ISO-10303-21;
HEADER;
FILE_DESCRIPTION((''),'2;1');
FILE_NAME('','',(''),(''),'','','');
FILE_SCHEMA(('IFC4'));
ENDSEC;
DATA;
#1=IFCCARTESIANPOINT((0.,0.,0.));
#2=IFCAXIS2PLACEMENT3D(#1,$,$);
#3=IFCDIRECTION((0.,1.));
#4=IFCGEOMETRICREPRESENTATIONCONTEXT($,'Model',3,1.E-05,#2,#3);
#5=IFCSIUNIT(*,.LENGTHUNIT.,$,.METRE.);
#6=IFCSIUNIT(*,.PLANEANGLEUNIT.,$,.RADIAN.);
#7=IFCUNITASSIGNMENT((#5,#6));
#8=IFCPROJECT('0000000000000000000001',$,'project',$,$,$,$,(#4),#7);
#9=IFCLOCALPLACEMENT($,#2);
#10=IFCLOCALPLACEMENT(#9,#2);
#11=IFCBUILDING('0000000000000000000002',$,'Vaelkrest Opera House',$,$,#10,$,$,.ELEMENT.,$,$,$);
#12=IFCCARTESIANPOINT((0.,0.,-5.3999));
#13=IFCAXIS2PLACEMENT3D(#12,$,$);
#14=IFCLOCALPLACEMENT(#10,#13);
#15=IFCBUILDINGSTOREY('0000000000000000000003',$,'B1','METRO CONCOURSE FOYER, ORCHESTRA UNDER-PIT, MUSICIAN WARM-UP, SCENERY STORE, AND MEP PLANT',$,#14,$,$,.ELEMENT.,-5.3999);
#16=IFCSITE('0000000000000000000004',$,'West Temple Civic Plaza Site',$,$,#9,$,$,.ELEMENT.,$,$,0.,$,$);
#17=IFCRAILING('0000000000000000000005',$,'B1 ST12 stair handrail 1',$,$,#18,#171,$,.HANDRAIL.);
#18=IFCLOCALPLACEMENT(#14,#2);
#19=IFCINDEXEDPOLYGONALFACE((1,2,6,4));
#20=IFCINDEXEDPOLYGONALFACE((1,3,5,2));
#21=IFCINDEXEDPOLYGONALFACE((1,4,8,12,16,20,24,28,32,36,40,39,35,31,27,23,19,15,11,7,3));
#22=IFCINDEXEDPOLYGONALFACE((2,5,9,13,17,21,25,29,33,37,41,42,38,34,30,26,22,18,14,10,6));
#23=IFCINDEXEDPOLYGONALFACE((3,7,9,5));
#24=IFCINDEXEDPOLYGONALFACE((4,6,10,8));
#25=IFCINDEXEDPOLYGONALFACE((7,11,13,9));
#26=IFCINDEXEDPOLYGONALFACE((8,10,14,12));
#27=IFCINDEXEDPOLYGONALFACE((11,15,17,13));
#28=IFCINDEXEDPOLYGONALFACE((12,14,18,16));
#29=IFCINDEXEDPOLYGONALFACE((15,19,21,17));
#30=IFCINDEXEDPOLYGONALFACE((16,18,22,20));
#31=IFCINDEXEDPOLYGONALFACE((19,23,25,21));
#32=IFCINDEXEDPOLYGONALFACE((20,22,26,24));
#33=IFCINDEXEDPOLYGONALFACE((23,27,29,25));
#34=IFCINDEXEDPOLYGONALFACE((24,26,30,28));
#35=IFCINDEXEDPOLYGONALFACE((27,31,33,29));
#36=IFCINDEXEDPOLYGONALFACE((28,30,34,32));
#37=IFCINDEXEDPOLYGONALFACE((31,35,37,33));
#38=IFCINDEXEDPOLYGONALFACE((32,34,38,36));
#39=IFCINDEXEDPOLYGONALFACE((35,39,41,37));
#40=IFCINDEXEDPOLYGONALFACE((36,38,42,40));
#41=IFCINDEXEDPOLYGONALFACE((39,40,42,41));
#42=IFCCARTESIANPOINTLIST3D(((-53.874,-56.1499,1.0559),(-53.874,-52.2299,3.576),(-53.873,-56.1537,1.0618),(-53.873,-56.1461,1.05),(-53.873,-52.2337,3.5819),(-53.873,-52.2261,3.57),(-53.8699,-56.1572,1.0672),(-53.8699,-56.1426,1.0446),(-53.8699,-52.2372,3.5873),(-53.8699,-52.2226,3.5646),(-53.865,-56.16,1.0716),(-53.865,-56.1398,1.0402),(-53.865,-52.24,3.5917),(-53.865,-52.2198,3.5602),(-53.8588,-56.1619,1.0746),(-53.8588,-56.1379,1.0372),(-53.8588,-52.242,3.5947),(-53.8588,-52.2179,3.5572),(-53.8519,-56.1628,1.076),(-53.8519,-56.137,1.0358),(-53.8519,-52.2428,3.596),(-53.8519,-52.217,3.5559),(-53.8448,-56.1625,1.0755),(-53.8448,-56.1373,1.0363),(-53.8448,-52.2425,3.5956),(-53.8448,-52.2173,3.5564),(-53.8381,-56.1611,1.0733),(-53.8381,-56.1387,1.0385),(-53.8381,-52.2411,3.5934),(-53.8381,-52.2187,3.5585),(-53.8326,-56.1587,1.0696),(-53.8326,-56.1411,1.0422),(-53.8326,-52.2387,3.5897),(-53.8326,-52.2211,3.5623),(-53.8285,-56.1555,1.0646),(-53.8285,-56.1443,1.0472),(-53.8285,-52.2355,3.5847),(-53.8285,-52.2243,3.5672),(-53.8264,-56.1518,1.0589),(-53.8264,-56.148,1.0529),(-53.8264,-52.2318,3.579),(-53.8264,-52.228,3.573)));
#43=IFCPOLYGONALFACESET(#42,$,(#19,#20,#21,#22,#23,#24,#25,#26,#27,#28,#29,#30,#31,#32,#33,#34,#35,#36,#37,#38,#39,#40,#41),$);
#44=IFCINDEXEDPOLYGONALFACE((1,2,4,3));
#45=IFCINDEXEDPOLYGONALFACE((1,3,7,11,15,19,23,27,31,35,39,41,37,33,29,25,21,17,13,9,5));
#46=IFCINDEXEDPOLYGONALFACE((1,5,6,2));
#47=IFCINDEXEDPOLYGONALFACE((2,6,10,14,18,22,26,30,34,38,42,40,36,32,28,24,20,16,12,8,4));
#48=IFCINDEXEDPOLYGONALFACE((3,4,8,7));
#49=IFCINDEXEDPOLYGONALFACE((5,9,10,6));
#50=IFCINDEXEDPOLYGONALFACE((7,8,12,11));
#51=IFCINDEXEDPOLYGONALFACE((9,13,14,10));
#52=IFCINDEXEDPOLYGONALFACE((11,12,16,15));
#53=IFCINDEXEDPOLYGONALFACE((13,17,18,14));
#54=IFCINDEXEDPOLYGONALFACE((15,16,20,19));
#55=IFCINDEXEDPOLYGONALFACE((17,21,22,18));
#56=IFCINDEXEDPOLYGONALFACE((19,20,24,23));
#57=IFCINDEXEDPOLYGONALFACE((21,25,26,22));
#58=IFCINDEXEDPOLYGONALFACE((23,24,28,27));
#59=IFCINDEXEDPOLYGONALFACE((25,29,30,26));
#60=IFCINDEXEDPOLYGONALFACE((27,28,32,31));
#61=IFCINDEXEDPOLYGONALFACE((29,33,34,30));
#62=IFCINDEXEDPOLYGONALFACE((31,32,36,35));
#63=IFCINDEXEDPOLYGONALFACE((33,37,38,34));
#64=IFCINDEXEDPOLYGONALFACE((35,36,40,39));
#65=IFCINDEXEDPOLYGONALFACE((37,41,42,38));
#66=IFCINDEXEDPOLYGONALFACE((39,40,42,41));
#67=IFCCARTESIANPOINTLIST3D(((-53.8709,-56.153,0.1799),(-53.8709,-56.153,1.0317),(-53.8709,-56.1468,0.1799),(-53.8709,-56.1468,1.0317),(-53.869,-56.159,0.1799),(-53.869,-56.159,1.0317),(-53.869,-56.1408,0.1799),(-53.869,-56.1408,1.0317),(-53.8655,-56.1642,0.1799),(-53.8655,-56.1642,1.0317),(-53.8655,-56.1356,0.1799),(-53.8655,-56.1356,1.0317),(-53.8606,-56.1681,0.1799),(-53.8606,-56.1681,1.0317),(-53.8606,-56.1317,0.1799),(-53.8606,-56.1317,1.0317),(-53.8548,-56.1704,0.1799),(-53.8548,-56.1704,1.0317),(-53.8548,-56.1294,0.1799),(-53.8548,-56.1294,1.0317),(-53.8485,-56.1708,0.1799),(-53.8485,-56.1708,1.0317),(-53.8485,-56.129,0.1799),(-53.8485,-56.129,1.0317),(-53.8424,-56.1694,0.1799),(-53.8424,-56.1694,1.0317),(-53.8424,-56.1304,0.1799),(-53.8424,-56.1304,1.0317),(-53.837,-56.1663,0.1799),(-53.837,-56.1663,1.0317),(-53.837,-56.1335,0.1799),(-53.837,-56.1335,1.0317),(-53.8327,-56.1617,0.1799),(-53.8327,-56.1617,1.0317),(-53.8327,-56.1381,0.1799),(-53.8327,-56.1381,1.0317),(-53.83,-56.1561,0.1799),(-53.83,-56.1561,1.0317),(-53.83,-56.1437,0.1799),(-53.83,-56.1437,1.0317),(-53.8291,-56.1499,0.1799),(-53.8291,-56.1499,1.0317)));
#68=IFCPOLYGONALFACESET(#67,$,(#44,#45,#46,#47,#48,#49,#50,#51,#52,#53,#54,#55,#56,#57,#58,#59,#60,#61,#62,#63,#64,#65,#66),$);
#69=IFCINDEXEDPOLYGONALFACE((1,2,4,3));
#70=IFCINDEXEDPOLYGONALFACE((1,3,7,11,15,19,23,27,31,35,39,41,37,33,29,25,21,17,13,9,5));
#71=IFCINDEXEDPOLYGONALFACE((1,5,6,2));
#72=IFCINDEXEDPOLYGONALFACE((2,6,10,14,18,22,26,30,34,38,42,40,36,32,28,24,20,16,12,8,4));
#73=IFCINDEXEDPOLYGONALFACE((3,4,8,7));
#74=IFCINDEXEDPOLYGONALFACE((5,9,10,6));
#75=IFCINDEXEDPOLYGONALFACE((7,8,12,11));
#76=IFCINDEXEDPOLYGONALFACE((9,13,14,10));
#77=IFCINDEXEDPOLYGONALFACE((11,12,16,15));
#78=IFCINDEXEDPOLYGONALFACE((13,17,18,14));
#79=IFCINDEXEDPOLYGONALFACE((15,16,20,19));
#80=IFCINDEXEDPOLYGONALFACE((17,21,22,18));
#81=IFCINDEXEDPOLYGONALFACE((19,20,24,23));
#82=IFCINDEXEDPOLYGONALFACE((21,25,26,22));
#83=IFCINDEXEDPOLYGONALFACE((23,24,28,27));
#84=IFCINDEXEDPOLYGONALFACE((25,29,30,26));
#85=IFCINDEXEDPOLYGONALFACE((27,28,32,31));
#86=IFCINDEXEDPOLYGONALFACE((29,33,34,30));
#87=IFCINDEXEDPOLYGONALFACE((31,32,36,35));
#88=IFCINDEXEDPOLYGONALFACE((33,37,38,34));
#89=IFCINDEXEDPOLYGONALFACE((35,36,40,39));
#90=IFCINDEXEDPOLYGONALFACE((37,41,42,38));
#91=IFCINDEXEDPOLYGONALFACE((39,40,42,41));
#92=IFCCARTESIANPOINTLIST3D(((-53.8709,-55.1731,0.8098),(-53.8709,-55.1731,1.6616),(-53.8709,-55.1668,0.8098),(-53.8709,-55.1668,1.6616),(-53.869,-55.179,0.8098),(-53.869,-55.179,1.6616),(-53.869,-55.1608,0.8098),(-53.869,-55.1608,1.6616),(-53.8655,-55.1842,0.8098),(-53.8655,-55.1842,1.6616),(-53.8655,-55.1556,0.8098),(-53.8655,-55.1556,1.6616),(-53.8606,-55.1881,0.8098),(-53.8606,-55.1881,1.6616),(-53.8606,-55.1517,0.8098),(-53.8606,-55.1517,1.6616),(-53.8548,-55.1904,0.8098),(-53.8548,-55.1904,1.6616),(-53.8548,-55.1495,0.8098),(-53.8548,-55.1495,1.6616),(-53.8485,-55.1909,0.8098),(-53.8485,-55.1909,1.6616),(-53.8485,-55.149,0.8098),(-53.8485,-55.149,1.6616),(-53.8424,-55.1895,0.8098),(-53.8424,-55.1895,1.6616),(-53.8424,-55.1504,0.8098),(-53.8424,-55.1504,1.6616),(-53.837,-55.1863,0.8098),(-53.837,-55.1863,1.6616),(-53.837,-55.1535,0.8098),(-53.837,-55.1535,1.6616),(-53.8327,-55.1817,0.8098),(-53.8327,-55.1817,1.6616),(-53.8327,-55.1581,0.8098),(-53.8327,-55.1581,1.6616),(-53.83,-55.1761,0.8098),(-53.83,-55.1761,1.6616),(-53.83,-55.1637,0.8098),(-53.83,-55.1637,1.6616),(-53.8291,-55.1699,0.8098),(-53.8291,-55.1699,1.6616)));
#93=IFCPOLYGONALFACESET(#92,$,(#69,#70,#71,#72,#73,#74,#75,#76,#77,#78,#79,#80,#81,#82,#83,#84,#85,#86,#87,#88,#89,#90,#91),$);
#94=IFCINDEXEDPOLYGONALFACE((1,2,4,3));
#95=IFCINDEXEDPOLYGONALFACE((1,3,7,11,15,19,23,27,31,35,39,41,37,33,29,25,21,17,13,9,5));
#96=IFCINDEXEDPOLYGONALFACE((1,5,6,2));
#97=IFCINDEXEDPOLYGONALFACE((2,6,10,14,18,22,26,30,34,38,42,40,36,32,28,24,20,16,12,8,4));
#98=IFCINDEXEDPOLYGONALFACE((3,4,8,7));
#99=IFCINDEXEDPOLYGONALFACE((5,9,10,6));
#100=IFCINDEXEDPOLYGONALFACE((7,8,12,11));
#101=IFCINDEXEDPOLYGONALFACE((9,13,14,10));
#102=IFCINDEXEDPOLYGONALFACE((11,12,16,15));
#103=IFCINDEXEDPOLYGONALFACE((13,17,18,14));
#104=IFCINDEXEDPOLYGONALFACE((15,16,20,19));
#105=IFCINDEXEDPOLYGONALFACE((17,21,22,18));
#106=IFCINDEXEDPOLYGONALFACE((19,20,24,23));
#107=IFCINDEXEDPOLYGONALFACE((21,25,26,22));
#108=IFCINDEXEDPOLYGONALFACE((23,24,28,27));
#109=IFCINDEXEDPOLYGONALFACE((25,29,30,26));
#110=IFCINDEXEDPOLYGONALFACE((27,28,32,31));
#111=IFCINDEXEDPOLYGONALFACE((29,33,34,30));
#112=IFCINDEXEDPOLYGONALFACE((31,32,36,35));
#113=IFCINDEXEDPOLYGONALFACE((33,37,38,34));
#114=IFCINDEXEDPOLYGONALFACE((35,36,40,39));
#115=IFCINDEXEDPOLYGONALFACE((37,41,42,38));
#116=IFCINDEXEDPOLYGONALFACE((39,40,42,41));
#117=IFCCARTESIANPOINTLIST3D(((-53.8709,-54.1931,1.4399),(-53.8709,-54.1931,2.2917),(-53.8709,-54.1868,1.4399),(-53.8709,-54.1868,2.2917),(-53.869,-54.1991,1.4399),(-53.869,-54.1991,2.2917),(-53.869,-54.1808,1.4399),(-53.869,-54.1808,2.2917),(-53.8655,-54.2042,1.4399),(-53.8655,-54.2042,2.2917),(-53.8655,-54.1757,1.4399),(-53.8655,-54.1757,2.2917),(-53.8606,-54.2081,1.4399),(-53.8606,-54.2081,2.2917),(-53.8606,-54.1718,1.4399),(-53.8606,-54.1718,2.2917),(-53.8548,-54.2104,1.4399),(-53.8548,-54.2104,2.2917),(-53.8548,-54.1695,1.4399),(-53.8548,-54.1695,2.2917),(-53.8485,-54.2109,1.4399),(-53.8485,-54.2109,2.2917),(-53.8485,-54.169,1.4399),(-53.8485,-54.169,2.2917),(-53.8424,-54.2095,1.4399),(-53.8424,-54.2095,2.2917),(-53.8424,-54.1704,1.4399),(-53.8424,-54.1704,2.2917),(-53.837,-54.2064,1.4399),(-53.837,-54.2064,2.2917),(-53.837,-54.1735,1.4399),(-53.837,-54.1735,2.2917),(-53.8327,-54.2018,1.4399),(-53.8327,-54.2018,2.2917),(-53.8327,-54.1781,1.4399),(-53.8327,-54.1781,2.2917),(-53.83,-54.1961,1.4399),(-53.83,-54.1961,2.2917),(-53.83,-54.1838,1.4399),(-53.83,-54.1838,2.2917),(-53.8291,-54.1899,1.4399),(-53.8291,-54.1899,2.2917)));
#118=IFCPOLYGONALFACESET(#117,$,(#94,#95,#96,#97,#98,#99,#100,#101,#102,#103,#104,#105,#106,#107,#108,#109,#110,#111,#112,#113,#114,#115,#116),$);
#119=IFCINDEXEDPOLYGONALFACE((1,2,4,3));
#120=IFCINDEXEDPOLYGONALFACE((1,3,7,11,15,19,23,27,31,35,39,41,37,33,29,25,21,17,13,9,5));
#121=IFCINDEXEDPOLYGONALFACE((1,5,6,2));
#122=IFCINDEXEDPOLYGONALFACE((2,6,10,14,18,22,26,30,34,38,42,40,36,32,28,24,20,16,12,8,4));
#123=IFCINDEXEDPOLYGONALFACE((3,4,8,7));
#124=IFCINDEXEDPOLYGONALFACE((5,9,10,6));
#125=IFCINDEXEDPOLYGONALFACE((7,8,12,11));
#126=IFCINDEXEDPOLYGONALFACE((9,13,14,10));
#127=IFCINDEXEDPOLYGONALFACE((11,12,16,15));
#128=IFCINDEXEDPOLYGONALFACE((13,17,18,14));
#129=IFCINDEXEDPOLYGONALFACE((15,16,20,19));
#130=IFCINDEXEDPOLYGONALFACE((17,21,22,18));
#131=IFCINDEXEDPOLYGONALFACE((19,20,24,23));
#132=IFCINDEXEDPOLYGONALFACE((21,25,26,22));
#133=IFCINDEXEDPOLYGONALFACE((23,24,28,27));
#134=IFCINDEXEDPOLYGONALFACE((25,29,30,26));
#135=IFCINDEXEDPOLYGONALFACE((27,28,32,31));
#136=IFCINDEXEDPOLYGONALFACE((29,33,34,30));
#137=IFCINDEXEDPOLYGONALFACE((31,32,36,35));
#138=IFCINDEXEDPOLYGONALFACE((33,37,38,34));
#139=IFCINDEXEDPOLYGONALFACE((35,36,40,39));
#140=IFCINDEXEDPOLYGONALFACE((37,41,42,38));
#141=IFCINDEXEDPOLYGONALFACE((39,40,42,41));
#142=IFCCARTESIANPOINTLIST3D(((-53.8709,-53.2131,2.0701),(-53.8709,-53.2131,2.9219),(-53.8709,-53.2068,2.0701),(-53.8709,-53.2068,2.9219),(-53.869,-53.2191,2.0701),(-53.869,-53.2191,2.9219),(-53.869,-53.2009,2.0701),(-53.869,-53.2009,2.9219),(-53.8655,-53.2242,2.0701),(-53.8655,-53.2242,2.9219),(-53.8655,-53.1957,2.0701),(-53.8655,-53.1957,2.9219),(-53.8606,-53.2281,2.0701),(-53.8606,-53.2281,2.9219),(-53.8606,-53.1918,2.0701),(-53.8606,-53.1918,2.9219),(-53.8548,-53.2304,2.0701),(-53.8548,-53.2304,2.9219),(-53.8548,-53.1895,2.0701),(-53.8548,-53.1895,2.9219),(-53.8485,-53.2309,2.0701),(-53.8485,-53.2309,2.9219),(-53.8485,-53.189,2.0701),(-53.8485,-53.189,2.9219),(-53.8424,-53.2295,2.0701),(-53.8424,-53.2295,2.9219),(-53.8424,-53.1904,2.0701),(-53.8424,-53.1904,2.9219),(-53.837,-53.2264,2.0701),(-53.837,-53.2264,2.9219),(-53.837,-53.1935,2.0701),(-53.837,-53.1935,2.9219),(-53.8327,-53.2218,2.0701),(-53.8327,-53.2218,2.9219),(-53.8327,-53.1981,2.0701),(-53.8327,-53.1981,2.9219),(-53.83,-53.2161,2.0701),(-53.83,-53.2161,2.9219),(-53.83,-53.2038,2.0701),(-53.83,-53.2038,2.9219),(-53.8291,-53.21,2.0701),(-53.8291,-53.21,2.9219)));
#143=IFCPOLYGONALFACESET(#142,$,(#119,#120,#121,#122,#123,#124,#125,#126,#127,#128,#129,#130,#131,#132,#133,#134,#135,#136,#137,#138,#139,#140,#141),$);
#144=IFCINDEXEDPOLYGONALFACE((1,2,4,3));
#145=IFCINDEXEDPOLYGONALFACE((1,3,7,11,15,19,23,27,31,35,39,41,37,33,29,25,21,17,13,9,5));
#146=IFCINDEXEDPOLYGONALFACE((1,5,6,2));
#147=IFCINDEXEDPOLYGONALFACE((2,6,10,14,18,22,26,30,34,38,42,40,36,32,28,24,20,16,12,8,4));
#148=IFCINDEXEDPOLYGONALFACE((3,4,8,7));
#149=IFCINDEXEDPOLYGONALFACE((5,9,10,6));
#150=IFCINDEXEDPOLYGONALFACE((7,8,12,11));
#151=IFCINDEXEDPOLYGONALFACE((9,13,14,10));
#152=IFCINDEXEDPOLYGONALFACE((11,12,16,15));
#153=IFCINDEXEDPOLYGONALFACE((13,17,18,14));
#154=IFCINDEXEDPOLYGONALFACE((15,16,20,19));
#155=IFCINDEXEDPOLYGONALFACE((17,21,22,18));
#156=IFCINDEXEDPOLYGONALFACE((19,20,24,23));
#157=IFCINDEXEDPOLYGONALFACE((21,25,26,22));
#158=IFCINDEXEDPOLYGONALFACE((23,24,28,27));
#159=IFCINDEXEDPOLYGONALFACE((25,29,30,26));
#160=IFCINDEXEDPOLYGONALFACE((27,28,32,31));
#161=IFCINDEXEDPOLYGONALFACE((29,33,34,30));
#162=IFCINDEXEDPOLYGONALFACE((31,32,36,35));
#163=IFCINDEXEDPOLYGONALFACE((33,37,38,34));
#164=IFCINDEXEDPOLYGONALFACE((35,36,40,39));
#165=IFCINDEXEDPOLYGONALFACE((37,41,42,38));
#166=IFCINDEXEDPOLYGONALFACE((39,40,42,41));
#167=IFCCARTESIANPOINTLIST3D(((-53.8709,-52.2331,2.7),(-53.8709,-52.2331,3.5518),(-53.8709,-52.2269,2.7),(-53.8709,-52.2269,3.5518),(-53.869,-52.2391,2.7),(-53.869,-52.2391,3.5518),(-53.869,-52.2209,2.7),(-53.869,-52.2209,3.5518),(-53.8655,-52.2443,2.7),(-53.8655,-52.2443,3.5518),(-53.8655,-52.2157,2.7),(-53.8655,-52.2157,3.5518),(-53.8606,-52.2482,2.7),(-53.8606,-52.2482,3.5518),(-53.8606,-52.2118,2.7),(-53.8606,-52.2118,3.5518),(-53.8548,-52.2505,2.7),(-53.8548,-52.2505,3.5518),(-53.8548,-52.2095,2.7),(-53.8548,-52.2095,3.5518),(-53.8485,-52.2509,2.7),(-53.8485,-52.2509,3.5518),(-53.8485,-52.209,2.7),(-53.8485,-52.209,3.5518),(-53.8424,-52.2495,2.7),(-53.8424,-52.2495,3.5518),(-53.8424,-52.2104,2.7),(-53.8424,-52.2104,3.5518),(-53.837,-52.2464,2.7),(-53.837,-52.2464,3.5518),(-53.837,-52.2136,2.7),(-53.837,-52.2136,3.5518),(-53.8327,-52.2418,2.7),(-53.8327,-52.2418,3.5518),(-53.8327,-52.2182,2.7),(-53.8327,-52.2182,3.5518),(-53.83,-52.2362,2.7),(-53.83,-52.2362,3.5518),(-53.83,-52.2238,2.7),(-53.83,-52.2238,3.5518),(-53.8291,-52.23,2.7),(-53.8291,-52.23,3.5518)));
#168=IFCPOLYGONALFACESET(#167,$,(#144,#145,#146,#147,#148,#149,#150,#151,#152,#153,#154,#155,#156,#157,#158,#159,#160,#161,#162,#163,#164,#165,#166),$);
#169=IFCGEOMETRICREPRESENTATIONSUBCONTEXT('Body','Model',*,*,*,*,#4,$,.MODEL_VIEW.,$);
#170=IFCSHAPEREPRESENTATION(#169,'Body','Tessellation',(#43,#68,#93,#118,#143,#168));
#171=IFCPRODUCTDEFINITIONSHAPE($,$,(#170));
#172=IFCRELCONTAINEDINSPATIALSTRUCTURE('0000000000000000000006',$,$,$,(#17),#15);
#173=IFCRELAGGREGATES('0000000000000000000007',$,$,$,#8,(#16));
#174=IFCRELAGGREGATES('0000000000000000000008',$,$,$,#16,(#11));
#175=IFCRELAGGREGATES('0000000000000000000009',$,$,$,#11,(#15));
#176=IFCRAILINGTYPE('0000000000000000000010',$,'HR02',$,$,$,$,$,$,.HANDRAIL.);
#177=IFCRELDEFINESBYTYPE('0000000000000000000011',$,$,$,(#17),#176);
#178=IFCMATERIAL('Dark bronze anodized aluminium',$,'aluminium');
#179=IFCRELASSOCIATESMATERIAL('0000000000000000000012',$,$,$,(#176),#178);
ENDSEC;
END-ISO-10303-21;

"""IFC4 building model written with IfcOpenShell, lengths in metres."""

from ifc_helpers import new_model, si_unit, direction, frame, origin, origin_2d, place, context, subcontext, project, spatial, circle, extrude, material, type_object, element, save


model = new_model("IFC4")

# Units and contexts
model_context = context("Model", 3, precision=1e-05, world=origin(), true_north=direction((0.0, 1.0)))
body_context = subcontext(model_context, "Body", "Model", "MODEL_VIEW")
ifc_project = project(units=[si_unit("LENGTHUNIT", "METRE"), si_unit("PLANEANGLEUNIT", "RADIAN")], contexts=[model_context])

# Site, building, storey
site_placement = place(None, origin())
site = spatial("IfcSite", under=ifc_project, at=site_placement, Name="West Temple Civic Plaza Site", CompositionType="ELEMENT", RefElevation=0.0)
building_placement = place(site_placement, origin())
building = spatial("IfcBuilding", under=site, at=building_placement, Name="Vaelkrest Opera House", CompositionType="ELEMENT")
storey_placement = place(building_placement, frame((0.0, 0.0, -5.3999)))
storey = spatial("IfcBuildingStorey", under=building, at=storey_placement, Name="B1", Description="METRO CONCOURSE FOYER, ORCHESTRA UNDER-PIT, MUSICIAN WARM-UP, SCENERY STORE, AND MEP PLANT", CompositionType="ELEMENT", Elevation=-5.3999)

# Railing
ifc_material_1 = material(Name="Dark bronze anodized aluminium", Category="aluminium")
railing_type_1 = type_object("IfcRailingType", Name="HR02", PredefinedType="HANDRAIL", material=ifc_material_1)
railing_1_placement = place(storey_placement, frame((-53.8501, -56.1499, 0.1799)))
element("IfcRailing", 1, at=railing_1_placement, inside=storey, type_object=railing_type_1, Name="B1 ST12 stair handrail 1", PredefinedType="HANDRAIL", context=body_context, shape_type="SweptSolid", body=[
    extrude(circle(Radius=0.0239, at=origin_2d()), frame((0.0, 0.0, 0.876), z_axis=(0.0, 0.841172, 0.540768), x_axis=(-1.0, 0.0, 0.0)), (0.0, 0.0, 1.0), 4.6602),
    extrude(circle(Radius=0.021, at=origin_2d()), origin(), (0.0, 0.0, 1.0), 0.8518),
    extrude(circle(Radius=0.021, at=origin_2d()), frame((0.0, 0.98, 0.6299)), (0.0, 0.0, 1.0), 0.8518),
    extrude(circle(Radius=0.021, at=origin_2d()), frame((0.0, 1.96, 1.26)), (0.0, 0.0, 1.0), 0.8518),
    extrude(circle(Radius=0.021, at=origin_2d()), frame((0.0, 2.9399, 1.8901)), (0.0, 0.0, 1.0), 0.8518),
    extrude(circle(Radius=0.021, at=origin_2d()), frame((0.0, 3.9199, 2.52)), (0.0, 0.0, 1.0), 0.8518),
])

save(model, "model.ifc")
